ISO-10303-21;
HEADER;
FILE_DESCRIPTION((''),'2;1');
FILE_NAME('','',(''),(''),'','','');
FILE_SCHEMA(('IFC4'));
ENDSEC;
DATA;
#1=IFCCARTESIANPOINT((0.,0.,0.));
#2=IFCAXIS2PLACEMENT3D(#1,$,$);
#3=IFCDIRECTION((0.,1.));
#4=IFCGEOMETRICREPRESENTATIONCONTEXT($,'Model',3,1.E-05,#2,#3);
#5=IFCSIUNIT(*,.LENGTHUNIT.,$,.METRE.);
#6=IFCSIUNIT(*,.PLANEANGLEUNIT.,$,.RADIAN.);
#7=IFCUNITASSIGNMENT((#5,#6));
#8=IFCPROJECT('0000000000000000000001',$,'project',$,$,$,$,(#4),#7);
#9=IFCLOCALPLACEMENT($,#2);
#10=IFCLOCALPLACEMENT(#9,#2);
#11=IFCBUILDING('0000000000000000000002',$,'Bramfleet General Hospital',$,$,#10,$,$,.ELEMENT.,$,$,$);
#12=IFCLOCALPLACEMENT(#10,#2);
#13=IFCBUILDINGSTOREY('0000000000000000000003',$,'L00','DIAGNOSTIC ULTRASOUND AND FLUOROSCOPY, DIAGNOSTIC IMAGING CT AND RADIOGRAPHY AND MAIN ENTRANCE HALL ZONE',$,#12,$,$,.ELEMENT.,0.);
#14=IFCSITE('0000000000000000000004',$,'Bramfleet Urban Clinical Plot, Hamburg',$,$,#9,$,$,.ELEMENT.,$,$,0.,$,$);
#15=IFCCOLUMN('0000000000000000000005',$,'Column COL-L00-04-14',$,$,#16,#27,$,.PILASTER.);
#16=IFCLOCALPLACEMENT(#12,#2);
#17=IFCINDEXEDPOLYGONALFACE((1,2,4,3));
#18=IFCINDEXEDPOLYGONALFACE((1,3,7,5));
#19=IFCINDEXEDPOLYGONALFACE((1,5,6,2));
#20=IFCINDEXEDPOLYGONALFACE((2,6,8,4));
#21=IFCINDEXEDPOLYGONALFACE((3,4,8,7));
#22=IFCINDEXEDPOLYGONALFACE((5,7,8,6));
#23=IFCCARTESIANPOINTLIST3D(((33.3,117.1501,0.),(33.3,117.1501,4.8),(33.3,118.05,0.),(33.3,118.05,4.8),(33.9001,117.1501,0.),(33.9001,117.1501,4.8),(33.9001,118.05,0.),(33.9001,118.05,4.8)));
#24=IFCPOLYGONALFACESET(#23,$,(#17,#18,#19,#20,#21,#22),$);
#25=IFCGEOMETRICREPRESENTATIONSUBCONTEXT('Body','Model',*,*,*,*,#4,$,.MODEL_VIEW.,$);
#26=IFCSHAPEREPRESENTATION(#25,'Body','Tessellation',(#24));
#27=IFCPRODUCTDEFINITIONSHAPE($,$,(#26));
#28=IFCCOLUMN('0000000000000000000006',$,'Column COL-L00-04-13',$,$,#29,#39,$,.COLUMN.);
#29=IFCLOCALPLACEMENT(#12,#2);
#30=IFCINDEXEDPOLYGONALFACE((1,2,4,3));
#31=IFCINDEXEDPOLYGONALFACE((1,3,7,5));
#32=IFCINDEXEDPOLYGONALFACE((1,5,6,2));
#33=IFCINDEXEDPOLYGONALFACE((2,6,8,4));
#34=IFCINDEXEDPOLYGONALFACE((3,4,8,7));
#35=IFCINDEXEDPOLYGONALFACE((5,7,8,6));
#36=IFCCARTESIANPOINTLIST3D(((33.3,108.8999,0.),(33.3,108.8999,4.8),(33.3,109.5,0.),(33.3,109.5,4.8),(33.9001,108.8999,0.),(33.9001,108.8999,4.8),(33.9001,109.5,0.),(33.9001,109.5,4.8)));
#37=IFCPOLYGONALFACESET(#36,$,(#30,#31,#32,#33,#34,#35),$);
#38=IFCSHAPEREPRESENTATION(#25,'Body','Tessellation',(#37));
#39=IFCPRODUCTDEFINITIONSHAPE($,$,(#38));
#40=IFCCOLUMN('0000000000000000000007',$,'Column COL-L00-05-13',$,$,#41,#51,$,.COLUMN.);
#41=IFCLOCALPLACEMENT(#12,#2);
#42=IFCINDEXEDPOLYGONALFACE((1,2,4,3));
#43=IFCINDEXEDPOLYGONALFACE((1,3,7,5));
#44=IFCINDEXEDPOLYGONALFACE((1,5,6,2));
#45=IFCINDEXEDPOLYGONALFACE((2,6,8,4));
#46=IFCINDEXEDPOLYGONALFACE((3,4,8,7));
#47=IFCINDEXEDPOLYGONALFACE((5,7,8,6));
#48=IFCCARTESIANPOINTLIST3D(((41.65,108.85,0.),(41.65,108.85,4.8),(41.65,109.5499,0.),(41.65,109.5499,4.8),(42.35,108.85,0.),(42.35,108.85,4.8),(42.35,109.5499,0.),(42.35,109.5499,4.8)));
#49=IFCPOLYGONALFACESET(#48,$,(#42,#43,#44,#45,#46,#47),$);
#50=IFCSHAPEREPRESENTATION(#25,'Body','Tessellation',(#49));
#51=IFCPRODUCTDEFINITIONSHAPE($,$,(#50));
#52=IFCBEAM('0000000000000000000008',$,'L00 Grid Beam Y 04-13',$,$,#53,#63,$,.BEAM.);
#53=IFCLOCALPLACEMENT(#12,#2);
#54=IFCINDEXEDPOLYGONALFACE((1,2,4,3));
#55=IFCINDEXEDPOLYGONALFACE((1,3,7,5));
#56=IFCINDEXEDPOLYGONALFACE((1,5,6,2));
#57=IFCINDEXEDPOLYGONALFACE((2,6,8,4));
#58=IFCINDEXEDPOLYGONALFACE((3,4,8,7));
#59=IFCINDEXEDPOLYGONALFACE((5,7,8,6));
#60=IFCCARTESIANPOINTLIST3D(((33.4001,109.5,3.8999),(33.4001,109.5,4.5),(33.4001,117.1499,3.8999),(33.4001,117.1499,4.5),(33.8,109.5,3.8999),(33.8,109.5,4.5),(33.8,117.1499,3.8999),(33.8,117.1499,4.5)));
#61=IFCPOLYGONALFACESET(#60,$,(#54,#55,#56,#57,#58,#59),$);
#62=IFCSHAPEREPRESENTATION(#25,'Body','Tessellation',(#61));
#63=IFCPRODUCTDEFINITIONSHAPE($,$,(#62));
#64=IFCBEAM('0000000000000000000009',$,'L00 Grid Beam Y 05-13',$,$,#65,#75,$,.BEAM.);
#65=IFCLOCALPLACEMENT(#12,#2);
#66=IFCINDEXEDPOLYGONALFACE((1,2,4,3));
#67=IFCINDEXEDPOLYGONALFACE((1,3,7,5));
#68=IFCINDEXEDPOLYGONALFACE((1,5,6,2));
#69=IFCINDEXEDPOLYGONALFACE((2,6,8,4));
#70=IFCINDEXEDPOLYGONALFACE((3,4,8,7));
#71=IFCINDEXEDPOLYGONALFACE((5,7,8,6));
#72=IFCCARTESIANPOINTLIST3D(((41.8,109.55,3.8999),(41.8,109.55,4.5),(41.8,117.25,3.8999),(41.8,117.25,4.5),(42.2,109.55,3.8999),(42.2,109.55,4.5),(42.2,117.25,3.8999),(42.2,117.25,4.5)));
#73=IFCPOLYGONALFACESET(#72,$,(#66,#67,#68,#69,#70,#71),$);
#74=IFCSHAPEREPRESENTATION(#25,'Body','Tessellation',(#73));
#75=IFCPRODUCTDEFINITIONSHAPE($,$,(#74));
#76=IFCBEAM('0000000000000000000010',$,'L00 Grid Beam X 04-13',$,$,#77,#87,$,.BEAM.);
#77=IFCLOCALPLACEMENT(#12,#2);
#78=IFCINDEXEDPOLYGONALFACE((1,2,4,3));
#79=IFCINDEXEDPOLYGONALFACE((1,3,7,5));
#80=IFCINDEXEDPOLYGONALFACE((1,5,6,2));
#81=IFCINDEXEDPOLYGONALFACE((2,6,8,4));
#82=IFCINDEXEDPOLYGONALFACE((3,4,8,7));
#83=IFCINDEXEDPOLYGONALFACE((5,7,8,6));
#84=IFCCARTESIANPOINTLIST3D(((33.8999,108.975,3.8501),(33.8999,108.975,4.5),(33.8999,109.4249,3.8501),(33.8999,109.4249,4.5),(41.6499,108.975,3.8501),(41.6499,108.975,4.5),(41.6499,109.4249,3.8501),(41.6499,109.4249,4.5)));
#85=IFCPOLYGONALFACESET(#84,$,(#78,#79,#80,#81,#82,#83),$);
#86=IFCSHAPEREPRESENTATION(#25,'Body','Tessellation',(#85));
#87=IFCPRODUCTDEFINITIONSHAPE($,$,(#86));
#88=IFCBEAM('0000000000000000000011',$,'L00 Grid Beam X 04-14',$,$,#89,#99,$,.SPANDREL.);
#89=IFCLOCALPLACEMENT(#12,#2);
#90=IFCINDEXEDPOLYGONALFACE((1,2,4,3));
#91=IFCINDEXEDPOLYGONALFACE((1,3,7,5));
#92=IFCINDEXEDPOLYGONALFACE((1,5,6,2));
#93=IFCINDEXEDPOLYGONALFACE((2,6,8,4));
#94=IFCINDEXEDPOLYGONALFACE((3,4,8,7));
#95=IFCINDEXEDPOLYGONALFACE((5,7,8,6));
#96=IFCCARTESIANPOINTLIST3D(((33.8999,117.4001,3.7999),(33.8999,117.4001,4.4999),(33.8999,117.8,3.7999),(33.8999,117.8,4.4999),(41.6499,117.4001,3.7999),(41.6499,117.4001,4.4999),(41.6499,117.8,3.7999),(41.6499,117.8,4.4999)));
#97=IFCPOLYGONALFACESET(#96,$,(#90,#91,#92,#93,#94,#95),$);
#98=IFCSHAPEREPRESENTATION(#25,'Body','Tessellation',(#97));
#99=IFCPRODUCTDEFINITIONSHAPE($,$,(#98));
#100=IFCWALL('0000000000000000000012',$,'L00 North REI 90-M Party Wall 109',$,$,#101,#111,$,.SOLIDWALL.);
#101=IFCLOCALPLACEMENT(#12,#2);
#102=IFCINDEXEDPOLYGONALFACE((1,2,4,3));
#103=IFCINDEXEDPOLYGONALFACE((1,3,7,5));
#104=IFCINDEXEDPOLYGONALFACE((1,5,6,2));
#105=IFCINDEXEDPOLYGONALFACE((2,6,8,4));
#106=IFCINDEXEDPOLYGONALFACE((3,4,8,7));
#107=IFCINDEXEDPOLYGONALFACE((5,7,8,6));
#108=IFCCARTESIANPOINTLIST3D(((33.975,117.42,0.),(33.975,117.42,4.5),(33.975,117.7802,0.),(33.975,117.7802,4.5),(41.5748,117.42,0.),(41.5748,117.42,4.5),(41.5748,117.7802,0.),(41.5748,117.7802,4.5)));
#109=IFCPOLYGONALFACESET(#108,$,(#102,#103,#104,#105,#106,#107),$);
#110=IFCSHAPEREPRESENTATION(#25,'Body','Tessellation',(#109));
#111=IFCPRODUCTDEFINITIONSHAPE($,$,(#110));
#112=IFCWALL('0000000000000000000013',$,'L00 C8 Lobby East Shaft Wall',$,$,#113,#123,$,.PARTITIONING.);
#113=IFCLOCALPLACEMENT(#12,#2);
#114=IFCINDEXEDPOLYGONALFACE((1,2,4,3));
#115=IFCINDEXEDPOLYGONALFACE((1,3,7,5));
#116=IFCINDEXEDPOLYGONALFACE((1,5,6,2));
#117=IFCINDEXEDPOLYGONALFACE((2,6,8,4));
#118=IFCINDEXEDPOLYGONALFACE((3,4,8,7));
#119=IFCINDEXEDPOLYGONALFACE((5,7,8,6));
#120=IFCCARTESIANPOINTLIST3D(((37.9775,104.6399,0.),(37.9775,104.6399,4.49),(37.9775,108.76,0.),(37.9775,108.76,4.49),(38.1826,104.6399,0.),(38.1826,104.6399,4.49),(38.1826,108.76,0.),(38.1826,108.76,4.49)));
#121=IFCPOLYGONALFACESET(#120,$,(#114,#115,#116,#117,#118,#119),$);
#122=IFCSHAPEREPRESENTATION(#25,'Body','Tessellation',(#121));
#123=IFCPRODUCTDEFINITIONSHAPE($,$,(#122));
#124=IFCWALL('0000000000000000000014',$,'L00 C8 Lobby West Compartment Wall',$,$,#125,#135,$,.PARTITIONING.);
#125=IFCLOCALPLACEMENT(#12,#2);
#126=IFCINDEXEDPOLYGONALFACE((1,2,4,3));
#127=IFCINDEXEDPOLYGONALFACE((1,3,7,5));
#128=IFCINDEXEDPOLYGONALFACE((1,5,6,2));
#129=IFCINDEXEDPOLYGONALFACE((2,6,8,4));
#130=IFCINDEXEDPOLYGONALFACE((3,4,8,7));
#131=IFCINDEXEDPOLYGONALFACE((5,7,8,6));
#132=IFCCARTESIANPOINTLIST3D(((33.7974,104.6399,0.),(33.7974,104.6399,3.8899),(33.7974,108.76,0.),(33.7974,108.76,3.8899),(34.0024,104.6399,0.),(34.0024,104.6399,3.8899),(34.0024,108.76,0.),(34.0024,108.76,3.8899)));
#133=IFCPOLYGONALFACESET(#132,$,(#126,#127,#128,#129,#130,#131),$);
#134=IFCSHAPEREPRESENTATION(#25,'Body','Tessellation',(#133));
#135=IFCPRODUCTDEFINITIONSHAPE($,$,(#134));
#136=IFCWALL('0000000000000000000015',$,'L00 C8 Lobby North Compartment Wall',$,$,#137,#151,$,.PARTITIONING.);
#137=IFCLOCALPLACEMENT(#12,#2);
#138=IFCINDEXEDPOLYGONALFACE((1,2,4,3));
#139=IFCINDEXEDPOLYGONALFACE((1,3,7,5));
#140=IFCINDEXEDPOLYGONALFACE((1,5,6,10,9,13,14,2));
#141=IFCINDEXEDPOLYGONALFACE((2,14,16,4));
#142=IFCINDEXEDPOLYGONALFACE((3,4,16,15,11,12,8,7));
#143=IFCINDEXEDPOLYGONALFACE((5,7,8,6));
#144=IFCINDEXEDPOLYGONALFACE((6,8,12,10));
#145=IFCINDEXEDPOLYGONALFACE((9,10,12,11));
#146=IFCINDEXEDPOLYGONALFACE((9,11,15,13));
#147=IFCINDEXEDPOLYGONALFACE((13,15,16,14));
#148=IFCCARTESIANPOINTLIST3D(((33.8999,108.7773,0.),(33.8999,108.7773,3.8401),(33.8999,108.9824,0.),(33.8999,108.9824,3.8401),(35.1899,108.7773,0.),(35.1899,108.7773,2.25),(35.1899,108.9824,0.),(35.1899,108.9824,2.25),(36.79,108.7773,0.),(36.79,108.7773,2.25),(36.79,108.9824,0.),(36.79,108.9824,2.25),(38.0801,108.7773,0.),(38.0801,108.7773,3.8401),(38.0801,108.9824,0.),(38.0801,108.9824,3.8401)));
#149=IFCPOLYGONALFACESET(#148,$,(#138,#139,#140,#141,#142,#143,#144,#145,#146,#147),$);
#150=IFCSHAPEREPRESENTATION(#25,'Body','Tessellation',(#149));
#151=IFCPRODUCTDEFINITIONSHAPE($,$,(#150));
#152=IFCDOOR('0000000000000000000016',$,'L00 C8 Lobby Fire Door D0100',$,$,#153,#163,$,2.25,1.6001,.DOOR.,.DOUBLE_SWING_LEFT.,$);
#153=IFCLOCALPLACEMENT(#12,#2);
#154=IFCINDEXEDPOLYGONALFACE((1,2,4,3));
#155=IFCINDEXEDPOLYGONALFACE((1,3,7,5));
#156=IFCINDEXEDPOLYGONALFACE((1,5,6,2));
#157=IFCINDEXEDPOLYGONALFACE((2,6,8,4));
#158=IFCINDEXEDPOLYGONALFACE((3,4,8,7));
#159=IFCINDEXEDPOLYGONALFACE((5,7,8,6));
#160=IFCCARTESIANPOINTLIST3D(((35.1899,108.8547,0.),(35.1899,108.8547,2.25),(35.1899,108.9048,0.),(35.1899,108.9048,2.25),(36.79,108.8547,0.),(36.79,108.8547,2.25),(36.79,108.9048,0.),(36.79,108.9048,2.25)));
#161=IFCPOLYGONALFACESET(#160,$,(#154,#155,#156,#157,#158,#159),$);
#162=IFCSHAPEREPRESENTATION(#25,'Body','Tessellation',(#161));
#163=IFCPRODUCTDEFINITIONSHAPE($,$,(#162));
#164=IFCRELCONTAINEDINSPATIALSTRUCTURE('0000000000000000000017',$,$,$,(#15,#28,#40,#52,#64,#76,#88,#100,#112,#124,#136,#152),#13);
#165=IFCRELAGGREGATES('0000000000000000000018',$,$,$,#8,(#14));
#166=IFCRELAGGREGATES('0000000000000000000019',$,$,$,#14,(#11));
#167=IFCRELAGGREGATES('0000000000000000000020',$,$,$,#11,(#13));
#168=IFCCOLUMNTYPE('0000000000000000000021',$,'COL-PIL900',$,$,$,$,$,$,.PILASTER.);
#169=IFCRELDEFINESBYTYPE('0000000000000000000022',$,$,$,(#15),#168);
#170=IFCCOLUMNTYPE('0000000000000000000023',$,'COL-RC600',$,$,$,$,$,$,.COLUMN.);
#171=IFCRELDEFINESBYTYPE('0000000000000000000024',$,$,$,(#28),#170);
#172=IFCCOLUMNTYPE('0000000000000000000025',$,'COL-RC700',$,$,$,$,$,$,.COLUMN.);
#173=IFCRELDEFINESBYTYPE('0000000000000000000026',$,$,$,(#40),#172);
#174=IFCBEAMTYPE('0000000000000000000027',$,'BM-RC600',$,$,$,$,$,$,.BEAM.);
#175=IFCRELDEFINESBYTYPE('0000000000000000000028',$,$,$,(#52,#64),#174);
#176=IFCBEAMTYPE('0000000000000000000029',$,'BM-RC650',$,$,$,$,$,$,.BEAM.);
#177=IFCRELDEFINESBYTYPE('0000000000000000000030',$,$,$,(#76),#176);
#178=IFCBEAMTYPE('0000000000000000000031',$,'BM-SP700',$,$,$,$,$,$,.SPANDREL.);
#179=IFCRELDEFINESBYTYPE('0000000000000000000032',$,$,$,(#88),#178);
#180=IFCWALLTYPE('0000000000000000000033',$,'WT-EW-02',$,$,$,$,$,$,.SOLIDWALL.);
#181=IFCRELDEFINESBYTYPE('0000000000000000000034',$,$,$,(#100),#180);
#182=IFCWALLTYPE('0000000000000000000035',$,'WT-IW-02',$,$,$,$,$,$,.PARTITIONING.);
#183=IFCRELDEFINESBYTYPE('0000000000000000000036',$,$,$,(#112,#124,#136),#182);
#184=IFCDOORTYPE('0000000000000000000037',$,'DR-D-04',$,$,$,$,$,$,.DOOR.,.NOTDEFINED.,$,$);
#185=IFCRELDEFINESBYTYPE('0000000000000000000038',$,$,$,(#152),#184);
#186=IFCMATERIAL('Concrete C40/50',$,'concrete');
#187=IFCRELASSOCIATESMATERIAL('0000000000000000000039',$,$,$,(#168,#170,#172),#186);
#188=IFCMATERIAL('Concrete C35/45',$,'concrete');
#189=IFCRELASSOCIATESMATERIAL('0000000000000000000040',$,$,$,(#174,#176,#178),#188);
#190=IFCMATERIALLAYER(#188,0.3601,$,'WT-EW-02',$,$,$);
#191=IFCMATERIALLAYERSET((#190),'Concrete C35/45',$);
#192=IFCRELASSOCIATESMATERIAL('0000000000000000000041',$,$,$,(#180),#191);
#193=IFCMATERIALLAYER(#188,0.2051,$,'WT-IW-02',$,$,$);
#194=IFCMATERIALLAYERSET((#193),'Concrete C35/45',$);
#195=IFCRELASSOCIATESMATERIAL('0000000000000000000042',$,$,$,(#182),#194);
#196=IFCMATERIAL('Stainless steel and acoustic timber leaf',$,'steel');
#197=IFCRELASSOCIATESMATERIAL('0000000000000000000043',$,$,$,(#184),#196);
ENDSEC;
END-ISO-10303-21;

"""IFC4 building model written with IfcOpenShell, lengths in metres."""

from ifc_helpers import new_model, si_unit, direction, frame, frame_2d, origin, origin_2d, place, context, subcontext, project, spatial, rectangle, extrude, material, layer, layer_set, material_profile, profile_set, type_object, element, fill, save


model = new_model("IFC4")

# Units and contexts
model_context = context("Model", 3, precision=1e-05, world=origin(), true_north=direction((0.0, 1.0)))
body_context = subcontext(model_context, "Body", "Model", "MODEL_VIEW")
ifc_project = project(units=[si_unit("LENGTHUNIT", "METRE"), si_unit("PLANEANGLEUNIT", "RADIAN")], contexts=[model_context])

# Site, building, storey
site_placement = place(None, origin())
site = spatial("IfcSite", under=ifc_project, at=site_placement, Name="Bramfleet Urban Clinical Plot, Hamburg", CompositionType="ELEMENT", RefElevation=0.0)
building_placement = place(site_placement, origin())
building = spatial("IfcBuilding", under=site, at=building_placement, Name="Bramfleet General Hospital", CompositionType="ELEMENT")
storey_placement = place(building_placement, origin())
storey = spatial("IfcBuildingStorey", under=building, at=storey_placement, Name="L00", Description="DIAGNOSTIC ULTRASOUND AND FLUOROSCOPY, DIAGNOSTIC IMAGING CT AND RADIOGRAPHY AND MAIN ENTRANCE HALL ZONE", CompositionType="ELEMENT", Elevation=0.0)

# Columns
ifc_material_1 = material(Name="Concrete C40/50", Category="concrete")
ifc_material_profile_1 = material_profile(ifc_material_1, rectangle(XDim=0.6001, YDim=0.8999, at=origin_2d()), Name="RC PIL 900x600")
ifc_profile_set_1 = profile_set([ifc_material_profile_1], Name="Concrete C40/50")
column_type_1 = type_object("IfcColumnType", Name="COL-PIL900", PredefinedType="PILASTER", material=ifc_profile_set_1)
column_1_placement = place(storey_placement, frame((33.6001, 117.6001, 0.0), z_axis=(0.0, 0.0, 1.0), x_axis=(1.0, 0.0, 0.0)))
element("IfcColumn", 1, at=column_1_placement, inside=storey, type_object=column_type_1, Name="Column COL-L00-04-14", PredefinedType="PILASTER", context=body_context, shape_type="SweptSolid", body=[
    extrude(rectangle(XDim=0.6001, YDim=0.8999, at=origin_2d()), origin(), (0.0, 0.0, 1.0), 4.8),
])
ifc_material_profile_2 = material_profile(ifc_material_1, rectangle(XDim=0.6001, YDim=0.6001, at=origin_2d()), Name="RC COL 600x600")
ifc_profile_set_2 = profile_set([ifc_material_profile_2], Name="Concrete C40/50")
column_type_2 = type_object("IfcColumnType", Name="COL-RC600", PredefinedType="COLUMN", material=ifc_profile_set_2)
column_2_placement = place(storey_placement, frame((33.6001, 109.2, 0.0), z_axis=(0.0, 0.0, 1.0), x_axis=(1.0, 0.0, 0.0)))
element("IfcColumn", 2, at=column_2_placement, inside=storey, type_object=column_type_2, Name="Column COL-L00-04-13", PredefinedType="COLUMN", context=body_context, shape_type="SweptSolid", body=[
    extrude(rectangle(XDim=0.6001, YDim=0.6001, at=origin_2d()), origin(), (0.0, 0.0, 1.0), 4.8),
])
ifc_material_profile_3 = material_profile(ifc_material_1, rectangle(XDim=0.7, YDim=0.7, at=origin_2d()), Name="RC COL 700x700")
ifc_profile_set_3 = profile_set([ifc_material_profile_3], Name="Concrete C40/50")
column_type_3 = type_object("IfcColumnType", Name="COL-RC700", PredefinedType="COLUMN", material=ifc_profile_set_3)
column_3_placement = place(storey_placement, frame((42.0, 109.2, 0.0), z_axis=(0.0, 0.0, 1.0), x_axis=(1.0, 0.0, 0.0)))
element("IfcColumn", 3, at=column_3_placement, inside=storey, type_object=column_type_3, Name="Column COL-L00-05-13", PredefinedType="COLUMN", context=body_context, shape_type="SweptSolid", body=[
    extrude(rectangle(XDim=0.7, YDim=0.7, at=origin_2d()), origin(), (0.0, 0.0, 1.0), 4.8),
])

# Beams
ifc_material_2 = material(Name="Concrete C35/45", Category="concrete")
ifc_material_profile_4 = material_profile(ifc_material_2, rectangle(XDim=0.3999, YDim=0.6001, at=origin_2d()), Name="RC BM 600x400")
ifc_profile_set_4 = profile_set([ifc_material_profile_4], Name="Concrete C35/45")
beam_type_1 = type_object("IfcBeamType", Name="BM-RC600", PredefinedType="BEAM", material=ifc_profile_set_4)
beam_1_placement = place(storey_placement, frame((33.6001, 109.5, 4.2), z_axis=(0.0, 1.0, 0.0), x_axis=(-1.0, 0.0, 0.0)))
element("IfcBeam", 4, at=beam_1_placement, inside=storey, type_object=beam_type_1, Name="L00 Grid Beam Y 04-13", PredefinedType="BEAM", context=body_context, shape_type="SweptSolid", body=[
    extrude(rectangle(XDim=0.3999, YDim=0.6001, at=origin_2d()), origin(), (0.0, 0.0, 1.0), 7.6499),
])
beam_2_placement = place(storey_placement, frame((42.0, 109.55, 4.2), z_axis=(0.0, 1.0, 0.0), x_axis=(-1.0, 0.0, 0.0)))
element("IfcBeam", 5, at=beam_2_placement, inside=storey, type_object=beam_type_1, Name="L00 Grid Beam Y 05-13", PredefinedType="BEAM", context=body_context, shape_type="SweptSolid", body=[
    extrude(rectangle(XDim=0.3999, YDim=0.6001, at=origin_2d()), origin(), (0.0, 0.0, 1.0), 7.7),
])
ifc_material_profile_5 = material_profile(ifc_material_2, rectangle(XDim=0.45, YDim=0.6499, at=origin_2d()), Name="RC BM 650x450")
ifc_profile_set_5 = profile_set([ifc_material_profile_5], Name="Concrete C35/45")
beam_type_2 = type_object("IfcBeamType", Name="BM-RC650", PredefinedType="BEAM", material=ifc_profile_set_5)
beam_3_placement = place(storey_placement, frame((33.8999, 109.2, 4.175), z_axis=(1.0, 0.0, 0.0), x_axis=(0.0, 1.0, 0.0)))
element("IfcBeam", 6, at=beam_3_placement, inside=storey, type_object=beam_type_2, Name="L00 Grid Beam X 04-13", PredefinedType="BEAM", context=body_context, shape_type="SweptSolid", body=[
    extrude(rectangle(XDim=0.45, YDim=0.6499, at=origin_2d()), origin(), (0.0, 0.0, 1.0), 7.75),
])
ifc_material_profile_6 = material_profile(ifc_material_2, rectangle(XDim=0.3999, YDim=0.7, at=origin_2d()), Name="RC SP 700x400")
ifc_profile_set_6 = profile_set([ifc_material_profile_6], Name="Concrete C35/45")
beam_type_3 = type_object("IfcBeamType", Name="BM-SP700", PredefinedType="SPANDREL", material=ifc_profile_set_6)
beam_4_placement = place(storey_placement, frame((33.8999, 117.6001, 4.1499), z_axis=(1.0, 0.0, 0.0), x_axis=(0.0, 1.0, 0.0)))
element("IfcBeam", 7, at=beam_4_placement, inside=storey, type_object=beam_type_3, Name="L00 Grid Beam X 04-14", PredefinedType="SPANDREL", context=body_context, shape_type="SweptSolid", body=[
    extrude(rectangle(XDim=0.3999, YDim=0.7, at=origin_2d()), origin(), (0.0, 0.0, 1.0), 7.75),
])

# Walls
ifc_layer_1 = layer(ifc_material_2, 0.3601, Name="WT-EW-02")
ifc_layer_set_1 = layer_set([ifc_layer_1], Name="Concrete C35/45")
wall_type_1 = type_object("IfcWallType", Name="WT-EW-02", PredefinedType="SOLIDWALL", material=ifc_layer_set_1)
wall_1_placement = place(storey_placement, frame((33.9751, 117.6001, 0.0), z_axis=(0.0, 0.0, 1.0), x_axis=(1.0, 0.0, 0.0)))
element("IfcWall", 8, at=wall_1_placement, inside=storey, type_object=wall_type_1, Name="L00 North REI 90-M Party Wall 109", PredefinedType="SOLIDWALL", context=body_context, shape_type="SweptSolid", body=[
    extrude(rectangle(XDim=7.5999, YDim=0.3601, at=frame_2d((3.7998, 0.0))), origin(), (0.0, 0.0, 1.0), 4.5),
])
ifc_layer_2 = layer(ifc_material_2, 0.2051, Name="WT-IW-02")
ifc_layer_set_2 = layer_set([ifc_layer_2], Name="Concrete C35/45")
wall_type_2 = type_object("IfcWallType", Name="WT-IW-02", PredefinedType="PARTITIONING", material=ifc_layer_set_2)
wall_2_placement = place(storey_placement, frame((38.0801, 104.6399, 0.0), z_axis=(0.0, 0.0, 1.0), x_axis=(0.0, 1.0, 0.0)))
element("IfcWall", 9, at=wall_2_placement, inside=storey, type_object=wall_type_2, Name="L00 C8 Lobby East Shaft Wall", PredefinedType="PARTITIONING", context=body_context, shape_type="SweptSolid", body=[
    extrude(rectangle(XDim=4.1201, YDim=0.2051, at=frame_2d((2.0601, 0.0))), origin(), (0.0, 0.0, 1.0), 4.49),
])
wall_3_placement = place(storey_placement, frame((33.8999, 104.6399, 0.0), z_axis=(0.0, 0.0, 1.0), x_axis=(0.0, 1.0, 0.0)))
element("IfcWall", 10, at=wall_3_placement, inside=storey, type_object=wall_type_2, Name="L00 C8 Lobby West Compartment Wall", PredefinedType="PARTITIONING", context=body_context, shape_type="SweptSolid", body=[
    extrude(rectangle(XDim=4.1201, YDim=0.2051, at=frame_2d((2.0601, 0.0))), origin(), (0.0, 0.0, 1.0), 3.8899),
])

# Wall, opening, door
wall_4_placement = place(storey_placement, frame((33.8999, 108.8799, 0.0), z_axis=(0.0, 0.0, 1.0), x_axis=(1.0, 0.0, 0.0)))
wall_4 = element("IfcWall", 11, at=wall_4_placement, inside=storey, type_object=wall_type_2, Name="L00 C8 Lobby North Compartment Wall", PredefinedType="PARTITIONING", context=body_context, shape_type="SweptSolid", body=[
    extrude(rectangle(XDim=4.1802, YDim=0.2051, at=frame_2d((2.0901, 0.0))), origin(), (0.0, 0.0, 1.0), 3.8401),
])
opening_1_placement = place(wall_4_placement, frame((1.29, 0.0, 0.0)))
opening_1 = element("IfcOpeningElement", 12, at=opening_1_placement, cuts=wall_4, PredefinedType="OPENING", context=body_context, shape_type="SweptSolid", body=[
    extrude(rectangle(XDim=1.6001, YDim=2.25, at=frame_2d((0.8, 1.125))), frame((0.0, 0.1125, 0.0), z_axis=(0.0, -1.0, 0.0), x_axis=(1.0, 0.0, 0.0)), (0.0, 0.0, 1.0), 0.2251),
])
ifc_material_3 = material(Name="Stainless steel and acoustic timber leaf", Category="steel")
door_type_1 = type_object("IfcDoorType", Name="DR-D-04", OperationType="NOTDEFINED", PredefinedType="DOOR", material=ifc_material_3)
door_1_placement = place(opening_1_placement, origin())
door_1 = element("IfcDoor", 13, at=door_1_placement, inside=storey, type_object=door_type_1, Name="L00 C8 Lobby Fire Door D0100", OperationType="DOUBLE_SWING_LEFT", OverallHeight=2.25, OverallWidth=1.6001, PredefinedType="DOOR", context=body_context, shape_type="SweptSolid", body=[
    extrude(rectangle(XDim=1.6001, YDim=2.25, at=frame_2d((0.8, 1.125))), frame((0.0, 0.0249, 0.0), z_axis=(0.0, -1.0, 0.0), x_axis=(1.0, 0.0, 0.0)), (0.0, 0.0, 1.0), 0.05),
])
fill(opening_1, door_1)

save(model, "model.ifc")
